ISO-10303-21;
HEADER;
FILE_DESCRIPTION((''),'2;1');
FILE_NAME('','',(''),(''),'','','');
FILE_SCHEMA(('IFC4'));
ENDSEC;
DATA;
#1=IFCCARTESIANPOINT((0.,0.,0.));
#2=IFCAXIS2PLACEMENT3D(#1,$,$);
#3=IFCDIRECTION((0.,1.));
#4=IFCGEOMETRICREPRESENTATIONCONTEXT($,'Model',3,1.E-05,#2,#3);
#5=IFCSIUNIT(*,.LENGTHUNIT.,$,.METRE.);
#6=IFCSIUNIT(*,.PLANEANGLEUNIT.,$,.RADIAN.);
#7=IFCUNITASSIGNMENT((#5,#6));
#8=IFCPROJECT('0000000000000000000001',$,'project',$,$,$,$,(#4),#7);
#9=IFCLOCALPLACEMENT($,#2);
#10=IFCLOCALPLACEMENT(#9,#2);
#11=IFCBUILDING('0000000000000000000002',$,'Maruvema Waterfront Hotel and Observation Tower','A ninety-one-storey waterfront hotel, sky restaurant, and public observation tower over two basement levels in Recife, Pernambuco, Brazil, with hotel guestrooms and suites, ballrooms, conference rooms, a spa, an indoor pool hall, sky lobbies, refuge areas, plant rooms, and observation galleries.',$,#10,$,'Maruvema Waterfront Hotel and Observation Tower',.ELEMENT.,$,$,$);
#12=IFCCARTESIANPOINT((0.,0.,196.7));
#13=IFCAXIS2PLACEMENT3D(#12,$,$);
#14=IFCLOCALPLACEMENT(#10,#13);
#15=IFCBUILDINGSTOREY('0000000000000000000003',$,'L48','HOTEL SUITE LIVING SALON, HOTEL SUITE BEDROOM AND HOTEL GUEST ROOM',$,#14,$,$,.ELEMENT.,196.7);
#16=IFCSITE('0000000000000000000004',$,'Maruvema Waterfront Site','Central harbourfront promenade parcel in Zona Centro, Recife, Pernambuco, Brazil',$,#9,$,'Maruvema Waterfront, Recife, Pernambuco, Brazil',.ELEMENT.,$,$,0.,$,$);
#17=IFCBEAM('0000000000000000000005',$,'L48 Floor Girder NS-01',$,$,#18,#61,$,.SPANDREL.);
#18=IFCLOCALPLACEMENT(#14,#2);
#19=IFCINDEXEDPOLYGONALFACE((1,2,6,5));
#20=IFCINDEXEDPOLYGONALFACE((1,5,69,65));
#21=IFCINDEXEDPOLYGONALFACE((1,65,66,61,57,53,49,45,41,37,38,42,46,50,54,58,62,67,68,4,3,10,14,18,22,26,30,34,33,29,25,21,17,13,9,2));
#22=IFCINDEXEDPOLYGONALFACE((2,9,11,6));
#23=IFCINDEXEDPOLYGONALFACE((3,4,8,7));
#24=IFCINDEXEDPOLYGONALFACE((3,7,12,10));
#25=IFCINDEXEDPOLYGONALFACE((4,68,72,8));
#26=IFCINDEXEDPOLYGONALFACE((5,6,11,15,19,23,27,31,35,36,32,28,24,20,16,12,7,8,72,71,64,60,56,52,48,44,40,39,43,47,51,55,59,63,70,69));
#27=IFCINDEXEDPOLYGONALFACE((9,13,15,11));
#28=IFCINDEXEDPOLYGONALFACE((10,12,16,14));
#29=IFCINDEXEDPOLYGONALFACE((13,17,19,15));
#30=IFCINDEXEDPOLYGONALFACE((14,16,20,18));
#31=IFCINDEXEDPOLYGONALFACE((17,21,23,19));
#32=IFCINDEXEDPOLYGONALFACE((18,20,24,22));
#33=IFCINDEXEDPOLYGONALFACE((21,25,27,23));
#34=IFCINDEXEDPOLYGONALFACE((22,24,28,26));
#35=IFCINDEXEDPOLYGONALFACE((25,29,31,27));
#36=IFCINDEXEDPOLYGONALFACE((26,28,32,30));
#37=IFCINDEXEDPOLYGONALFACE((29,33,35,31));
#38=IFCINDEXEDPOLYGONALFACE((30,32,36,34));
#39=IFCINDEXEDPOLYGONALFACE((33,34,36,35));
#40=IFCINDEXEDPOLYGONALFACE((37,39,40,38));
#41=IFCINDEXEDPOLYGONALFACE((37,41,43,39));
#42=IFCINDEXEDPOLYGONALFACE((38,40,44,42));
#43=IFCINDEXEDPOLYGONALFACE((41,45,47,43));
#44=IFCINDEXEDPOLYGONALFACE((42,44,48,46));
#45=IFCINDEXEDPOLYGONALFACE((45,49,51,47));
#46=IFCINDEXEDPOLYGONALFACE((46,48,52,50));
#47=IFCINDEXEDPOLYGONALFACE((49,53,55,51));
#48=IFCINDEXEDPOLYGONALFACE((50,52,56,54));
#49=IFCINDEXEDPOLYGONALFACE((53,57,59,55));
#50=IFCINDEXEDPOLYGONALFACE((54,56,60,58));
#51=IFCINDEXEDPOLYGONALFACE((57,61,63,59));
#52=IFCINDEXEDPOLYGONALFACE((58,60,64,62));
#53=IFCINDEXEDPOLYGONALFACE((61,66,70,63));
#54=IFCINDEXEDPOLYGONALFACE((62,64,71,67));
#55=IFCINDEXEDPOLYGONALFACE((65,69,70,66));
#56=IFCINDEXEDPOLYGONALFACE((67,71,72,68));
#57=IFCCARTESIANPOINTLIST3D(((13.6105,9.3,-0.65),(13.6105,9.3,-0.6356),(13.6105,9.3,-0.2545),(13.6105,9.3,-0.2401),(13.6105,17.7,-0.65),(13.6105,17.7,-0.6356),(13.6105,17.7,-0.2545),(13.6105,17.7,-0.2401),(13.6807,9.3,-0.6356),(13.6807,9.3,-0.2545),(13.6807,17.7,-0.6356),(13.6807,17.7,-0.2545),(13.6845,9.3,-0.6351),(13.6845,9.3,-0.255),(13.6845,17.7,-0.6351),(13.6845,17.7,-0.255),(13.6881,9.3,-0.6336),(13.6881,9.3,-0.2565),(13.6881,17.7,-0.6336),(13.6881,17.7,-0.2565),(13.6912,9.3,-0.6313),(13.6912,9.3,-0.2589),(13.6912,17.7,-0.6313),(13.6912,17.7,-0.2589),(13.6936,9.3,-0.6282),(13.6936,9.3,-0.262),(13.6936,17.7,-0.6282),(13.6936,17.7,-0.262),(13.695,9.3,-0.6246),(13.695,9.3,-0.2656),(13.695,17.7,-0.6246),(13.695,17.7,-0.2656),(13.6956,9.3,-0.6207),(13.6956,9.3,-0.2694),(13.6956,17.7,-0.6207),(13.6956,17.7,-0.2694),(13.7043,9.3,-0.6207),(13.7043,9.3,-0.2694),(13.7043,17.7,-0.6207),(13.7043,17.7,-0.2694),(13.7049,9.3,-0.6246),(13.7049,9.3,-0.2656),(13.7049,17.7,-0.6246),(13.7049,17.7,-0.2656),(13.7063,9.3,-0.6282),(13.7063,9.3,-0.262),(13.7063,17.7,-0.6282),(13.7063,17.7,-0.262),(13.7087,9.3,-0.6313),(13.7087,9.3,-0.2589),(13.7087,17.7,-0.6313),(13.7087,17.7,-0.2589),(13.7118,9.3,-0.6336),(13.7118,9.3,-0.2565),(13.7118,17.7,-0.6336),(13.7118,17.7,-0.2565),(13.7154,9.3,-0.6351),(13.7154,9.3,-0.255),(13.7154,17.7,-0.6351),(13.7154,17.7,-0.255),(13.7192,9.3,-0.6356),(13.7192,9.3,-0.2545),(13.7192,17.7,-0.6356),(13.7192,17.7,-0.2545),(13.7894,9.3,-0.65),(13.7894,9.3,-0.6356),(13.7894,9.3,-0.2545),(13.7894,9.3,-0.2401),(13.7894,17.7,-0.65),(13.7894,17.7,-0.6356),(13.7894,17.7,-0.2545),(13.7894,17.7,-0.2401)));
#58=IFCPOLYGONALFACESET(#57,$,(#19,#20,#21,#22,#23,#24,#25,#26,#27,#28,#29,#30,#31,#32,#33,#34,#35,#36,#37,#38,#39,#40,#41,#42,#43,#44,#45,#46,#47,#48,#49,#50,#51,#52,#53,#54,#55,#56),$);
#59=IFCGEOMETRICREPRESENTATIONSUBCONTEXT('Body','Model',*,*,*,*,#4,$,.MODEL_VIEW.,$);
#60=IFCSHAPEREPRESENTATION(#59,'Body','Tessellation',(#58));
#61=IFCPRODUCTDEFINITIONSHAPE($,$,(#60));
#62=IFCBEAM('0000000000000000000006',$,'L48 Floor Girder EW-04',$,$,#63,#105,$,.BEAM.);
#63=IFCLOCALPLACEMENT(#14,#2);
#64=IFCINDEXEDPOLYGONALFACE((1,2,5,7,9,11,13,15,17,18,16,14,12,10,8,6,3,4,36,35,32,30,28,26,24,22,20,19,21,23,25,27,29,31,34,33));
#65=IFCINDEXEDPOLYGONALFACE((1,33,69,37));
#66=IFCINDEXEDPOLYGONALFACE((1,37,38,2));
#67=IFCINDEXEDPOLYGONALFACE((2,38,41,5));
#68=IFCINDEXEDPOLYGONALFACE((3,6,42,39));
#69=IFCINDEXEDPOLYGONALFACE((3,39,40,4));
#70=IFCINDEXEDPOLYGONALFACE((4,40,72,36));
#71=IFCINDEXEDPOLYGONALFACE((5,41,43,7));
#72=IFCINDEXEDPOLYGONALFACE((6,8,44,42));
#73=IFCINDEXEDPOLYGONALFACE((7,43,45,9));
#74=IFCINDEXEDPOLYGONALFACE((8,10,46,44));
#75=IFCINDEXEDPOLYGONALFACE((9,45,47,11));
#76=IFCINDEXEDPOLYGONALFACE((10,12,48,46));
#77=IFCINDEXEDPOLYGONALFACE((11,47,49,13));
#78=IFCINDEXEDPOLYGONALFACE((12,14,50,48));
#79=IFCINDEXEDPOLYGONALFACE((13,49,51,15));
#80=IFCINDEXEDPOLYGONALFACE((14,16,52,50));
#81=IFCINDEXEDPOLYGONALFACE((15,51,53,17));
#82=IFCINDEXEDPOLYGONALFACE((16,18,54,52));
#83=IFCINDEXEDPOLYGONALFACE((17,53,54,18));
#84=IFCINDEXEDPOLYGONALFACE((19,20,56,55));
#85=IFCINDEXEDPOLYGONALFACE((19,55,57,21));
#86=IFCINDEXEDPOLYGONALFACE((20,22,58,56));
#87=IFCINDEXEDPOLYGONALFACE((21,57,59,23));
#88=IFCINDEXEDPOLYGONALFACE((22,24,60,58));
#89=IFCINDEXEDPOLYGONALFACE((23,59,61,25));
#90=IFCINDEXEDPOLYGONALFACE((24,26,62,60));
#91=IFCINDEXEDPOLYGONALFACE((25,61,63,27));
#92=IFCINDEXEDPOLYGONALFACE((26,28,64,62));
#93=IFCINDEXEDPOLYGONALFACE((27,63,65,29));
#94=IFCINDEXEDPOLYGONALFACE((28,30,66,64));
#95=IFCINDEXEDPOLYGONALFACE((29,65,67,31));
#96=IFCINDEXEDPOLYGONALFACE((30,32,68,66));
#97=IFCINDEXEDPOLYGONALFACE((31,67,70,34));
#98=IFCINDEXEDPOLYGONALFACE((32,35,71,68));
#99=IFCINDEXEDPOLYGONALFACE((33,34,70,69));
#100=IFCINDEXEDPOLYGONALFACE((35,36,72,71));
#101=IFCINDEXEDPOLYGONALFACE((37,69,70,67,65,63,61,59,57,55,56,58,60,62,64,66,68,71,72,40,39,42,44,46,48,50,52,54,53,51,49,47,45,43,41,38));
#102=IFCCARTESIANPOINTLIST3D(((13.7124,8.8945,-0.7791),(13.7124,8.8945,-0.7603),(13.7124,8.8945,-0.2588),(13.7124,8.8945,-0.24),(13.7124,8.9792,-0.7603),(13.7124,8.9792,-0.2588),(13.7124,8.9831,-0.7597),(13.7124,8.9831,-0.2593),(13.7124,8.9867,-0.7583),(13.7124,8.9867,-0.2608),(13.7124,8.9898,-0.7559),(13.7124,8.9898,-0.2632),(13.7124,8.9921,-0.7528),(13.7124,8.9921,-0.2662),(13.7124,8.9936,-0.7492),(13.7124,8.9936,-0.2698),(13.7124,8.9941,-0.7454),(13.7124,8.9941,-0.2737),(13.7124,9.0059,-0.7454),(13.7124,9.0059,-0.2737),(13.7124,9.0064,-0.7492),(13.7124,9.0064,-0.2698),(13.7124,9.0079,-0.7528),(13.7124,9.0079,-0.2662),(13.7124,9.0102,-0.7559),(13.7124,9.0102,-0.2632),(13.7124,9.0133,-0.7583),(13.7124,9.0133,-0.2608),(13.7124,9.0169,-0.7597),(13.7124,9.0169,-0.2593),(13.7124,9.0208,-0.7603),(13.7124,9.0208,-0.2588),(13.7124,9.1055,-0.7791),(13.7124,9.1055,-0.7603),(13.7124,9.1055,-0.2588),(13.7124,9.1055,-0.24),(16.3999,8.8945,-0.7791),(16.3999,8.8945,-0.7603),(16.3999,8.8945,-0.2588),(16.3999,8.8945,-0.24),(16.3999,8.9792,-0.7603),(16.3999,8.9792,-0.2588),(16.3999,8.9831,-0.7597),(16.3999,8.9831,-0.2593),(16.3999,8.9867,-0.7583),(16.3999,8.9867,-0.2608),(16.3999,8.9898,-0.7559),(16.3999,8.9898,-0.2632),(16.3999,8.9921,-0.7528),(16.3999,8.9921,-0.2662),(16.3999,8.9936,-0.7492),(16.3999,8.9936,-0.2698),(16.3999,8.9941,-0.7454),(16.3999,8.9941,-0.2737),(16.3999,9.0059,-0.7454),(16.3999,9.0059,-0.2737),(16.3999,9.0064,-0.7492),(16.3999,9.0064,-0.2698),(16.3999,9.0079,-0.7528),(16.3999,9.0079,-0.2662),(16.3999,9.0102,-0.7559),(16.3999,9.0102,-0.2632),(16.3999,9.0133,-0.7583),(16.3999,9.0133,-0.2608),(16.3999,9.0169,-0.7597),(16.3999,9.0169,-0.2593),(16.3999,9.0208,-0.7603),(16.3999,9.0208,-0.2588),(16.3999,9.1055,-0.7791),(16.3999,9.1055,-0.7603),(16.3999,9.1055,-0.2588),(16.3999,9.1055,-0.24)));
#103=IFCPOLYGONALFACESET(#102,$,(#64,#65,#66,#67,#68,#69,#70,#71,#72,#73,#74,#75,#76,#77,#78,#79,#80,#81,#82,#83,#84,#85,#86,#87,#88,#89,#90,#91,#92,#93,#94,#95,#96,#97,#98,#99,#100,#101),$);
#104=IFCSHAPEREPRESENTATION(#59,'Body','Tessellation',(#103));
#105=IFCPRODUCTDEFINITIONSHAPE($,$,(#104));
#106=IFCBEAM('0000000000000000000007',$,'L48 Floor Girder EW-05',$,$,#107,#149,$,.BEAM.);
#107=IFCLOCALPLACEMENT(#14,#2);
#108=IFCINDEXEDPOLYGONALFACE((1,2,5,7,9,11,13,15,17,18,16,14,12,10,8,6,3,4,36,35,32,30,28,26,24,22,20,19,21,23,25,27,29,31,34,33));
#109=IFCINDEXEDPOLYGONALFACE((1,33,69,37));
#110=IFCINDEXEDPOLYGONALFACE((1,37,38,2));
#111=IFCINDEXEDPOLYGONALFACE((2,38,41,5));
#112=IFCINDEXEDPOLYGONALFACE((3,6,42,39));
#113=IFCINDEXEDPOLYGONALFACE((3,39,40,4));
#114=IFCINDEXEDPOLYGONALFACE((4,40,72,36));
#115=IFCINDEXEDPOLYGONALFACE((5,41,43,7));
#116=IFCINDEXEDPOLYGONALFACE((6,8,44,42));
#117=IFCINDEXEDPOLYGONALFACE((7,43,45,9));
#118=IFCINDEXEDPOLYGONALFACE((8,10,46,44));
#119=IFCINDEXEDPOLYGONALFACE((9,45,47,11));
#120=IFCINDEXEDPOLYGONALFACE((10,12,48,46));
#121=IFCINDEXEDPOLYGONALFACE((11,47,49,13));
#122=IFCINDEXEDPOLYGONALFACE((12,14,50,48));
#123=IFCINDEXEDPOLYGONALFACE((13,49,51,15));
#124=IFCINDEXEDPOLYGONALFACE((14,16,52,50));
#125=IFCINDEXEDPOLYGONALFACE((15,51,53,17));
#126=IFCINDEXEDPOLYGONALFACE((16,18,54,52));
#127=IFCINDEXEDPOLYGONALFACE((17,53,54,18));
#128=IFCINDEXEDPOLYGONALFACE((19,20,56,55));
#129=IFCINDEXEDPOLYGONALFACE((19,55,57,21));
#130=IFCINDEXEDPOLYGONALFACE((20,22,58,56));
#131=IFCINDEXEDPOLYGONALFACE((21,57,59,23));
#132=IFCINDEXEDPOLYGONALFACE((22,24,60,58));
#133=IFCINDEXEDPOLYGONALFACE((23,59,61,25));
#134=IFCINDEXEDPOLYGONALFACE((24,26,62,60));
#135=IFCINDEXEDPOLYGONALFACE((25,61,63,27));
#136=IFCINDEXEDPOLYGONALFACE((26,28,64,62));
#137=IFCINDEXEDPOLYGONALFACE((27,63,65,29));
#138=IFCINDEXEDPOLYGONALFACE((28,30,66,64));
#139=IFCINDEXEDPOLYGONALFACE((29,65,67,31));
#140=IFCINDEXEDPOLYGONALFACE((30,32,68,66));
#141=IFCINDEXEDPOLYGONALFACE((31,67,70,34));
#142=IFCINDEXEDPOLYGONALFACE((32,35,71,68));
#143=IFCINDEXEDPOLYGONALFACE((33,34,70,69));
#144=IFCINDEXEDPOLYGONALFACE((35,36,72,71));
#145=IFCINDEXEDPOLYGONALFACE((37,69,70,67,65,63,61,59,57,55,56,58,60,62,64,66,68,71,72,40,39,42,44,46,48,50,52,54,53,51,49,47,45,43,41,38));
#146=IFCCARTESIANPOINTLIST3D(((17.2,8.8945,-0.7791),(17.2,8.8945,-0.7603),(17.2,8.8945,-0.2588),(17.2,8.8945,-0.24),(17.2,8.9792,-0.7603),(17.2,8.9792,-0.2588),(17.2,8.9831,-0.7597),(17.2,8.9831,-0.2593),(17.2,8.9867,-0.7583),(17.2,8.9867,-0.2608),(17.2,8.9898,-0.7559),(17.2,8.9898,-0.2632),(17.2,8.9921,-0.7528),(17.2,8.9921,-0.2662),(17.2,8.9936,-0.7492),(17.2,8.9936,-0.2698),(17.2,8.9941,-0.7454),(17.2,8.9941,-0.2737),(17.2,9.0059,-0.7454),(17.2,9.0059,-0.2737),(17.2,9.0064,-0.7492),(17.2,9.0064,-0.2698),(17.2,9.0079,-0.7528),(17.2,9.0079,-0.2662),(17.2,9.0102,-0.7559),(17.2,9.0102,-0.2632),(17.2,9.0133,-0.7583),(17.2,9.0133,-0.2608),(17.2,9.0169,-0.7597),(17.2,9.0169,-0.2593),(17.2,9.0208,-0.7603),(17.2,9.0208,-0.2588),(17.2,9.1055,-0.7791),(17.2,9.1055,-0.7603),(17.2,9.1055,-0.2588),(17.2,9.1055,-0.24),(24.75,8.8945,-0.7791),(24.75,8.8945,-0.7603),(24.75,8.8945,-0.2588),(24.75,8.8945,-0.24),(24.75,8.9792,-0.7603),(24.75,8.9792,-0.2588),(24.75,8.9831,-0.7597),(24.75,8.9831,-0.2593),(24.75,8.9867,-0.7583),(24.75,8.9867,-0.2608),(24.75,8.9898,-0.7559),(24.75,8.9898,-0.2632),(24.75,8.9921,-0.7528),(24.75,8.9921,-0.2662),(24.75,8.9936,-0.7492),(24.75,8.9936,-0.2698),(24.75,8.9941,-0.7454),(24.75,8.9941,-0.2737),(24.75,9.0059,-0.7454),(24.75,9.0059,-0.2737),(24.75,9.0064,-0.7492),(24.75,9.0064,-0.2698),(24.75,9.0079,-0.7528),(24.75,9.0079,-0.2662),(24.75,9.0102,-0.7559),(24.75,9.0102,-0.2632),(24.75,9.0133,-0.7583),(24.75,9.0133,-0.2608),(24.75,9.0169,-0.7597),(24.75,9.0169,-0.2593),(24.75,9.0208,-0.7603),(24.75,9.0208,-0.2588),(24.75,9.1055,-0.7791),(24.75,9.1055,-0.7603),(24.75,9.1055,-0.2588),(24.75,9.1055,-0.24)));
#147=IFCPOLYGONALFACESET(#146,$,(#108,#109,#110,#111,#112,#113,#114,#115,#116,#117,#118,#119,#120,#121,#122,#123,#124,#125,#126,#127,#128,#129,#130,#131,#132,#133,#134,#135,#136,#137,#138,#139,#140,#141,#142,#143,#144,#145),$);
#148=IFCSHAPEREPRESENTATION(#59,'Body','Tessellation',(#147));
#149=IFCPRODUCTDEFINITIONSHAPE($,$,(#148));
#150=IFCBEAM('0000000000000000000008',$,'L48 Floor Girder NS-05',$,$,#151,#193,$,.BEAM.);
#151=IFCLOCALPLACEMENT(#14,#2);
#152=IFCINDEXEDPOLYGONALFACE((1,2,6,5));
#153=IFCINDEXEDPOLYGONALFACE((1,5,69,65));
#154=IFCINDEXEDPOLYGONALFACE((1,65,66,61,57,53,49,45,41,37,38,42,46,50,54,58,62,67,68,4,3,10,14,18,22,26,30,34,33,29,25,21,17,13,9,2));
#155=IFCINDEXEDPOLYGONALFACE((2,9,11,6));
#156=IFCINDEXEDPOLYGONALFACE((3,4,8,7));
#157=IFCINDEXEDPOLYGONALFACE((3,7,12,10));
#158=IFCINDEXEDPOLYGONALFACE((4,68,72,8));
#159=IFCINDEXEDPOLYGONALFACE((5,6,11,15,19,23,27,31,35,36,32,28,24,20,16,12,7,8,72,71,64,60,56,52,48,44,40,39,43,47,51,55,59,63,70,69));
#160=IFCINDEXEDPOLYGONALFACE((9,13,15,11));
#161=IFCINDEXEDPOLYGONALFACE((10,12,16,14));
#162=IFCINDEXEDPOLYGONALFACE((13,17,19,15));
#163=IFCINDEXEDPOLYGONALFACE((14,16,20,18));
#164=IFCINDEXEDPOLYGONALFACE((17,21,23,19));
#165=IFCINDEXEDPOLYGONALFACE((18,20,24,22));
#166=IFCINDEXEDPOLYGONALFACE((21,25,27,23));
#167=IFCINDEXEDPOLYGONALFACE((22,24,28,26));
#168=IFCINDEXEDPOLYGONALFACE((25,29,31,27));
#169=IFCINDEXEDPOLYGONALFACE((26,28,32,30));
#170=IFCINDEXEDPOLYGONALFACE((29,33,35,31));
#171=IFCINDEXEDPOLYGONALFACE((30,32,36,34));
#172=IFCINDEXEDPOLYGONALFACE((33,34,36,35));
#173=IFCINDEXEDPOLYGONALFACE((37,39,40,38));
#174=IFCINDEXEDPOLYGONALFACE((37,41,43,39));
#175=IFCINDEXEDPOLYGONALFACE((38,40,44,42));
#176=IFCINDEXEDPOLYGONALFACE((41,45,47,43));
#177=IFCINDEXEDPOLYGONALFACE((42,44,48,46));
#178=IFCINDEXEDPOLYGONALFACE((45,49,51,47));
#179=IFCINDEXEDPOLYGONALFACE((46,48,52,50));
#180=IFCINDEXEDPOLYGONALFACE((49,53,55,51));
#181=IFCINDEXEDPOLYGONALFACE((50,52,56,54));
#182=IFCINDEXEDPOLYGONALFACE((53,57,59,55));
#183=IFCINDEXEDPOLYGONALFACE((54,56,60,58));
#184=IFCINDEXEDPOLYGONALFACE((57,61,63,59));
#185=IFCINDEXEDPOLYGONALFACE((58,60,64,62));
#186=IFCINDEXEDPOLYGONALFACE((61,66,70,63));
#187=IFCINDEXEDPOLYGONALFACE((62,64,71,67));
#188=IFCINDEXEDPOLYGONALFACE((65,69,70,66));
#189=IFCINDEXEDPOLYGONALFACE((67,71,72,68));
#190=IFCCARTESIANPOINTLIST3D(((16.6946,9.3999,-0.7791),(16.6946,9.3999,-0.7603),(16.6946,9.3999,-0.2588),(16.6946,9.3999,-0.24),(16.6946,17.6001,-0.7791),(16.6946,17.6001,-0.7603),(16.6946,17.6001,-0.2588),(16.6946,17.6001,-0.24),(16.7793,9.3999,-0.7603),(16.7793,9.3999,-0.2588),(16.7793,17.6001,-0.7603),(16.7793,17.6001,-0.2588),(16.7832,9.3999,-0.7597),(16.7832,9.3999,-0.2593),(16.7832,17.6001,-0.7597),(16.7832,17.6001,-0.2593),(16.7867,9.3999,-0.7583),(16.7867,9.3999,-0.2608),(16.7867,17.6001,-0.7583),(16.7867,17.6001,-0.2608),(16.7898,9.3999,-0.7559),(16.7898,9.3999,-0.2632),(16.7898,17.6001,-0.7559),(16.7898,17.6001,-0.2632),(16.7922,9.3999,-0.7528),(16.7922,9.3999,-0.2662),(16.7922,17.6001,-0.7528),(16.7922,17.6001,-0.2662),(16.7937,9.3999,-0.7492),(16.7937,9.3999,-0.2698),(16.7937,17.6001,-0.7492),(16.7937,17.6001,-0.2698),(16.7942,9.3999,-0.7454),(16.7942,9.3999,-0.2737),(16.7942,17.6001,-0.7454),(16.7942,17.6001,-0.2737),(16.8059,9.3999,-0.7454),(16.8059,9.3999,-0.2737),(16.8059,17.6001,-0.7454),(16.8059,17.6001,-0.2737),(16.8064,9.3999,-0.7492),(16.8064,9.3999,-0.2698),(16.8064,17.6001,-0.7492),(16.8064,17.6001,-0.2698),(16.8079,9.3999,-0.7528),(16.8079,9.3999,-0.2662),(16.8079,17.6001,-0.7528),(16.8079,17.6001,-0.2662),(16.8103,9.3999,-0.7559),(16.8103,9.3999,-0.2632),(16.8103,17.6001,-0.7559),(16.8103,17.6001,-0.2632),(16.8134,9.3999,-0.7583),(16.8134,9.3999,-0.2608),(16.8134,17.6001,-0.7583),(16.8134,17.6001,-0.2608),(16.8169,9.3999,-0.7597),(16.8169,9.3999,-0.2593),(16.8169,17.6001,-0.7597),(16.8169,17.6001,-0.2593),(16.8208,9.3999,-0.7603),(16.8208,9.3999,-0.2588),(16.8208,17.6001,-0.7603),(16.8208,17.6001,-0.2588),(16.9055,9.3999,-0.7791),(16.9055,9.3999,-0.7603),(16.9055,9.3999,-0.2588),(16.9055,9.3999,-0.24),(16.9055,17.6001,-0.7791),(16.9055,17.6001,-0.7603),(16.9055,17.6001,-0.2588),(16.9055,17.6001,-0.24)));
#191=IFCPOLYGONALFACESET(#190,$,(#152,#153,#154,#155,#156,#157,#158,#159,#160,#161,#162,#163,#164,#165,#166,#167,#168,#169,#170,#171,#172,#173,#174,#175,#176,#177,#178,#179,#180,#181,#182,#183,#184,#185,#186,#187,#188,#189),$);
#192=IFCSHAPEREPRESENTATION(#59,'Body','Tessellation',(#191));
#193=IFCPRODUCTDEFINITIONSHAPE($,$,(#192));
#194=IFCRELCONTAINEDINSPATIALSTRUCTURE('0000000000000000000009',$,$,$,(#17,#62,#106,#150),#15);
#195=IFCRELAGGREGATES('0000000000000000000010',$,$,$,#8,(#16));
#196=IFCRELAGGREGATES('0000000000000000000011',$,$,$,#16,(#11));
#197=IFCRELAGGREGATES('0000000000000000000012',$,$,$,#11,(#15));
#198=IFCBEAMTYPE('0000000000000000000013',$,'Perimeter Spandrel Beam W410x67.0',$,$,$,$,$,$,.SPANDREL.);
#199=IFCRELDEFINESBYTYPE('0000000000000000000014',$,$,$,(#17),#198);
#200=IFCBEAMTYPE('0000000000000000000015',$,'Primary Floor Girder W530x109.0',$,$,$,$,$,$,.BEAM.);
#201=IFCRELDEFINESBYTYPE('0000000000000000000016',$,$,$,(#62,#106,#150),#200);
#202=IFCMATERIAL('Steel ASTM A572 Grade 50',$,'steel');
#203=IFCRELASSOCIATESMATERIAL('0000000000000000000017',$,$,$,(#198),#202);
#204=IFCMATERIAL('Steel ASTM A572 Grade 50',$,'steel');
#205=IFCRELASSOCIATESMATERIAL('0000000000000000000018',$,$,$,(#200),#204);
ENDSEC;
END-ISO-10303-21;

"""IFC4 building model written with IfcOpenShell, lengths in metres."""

from ifc_helpers import new_model, si_unit, direction, frame, origin, origin_2d, place, context, subcontext, project, spatial, i_section, extrude, material, material_profile, profile_set, type_object, element, save


model = new_model("IFC4")

# Units and contexts
model_context = context("Model", 3, precision=1e-05, world=origin(), true_north=direction((0.0, 1.0)))
body_context = subcontext(model_context, "Body", "Model", "MODEL_VIEW")
ifc_project = project(units=[si_unit("LENGTHUNIT", "METRE"), si_unit("PLANEANGLEUNIT", "RADIAN")], contexts=[model_context])

# Site, building, storey
site_placement = place(None, origin())
site = spatial("IfcSite", under=ifc_project, at=site_placement, Name="Maruvema Waterfront Site", Description="Central harbourfront promenade parcel in Zona Centro, Recife, Pernambuco, Brazil", LongName="Maruvema Waterfront, Recife, Pernambuco, Brazil", CompositionType="ELEMENT", RefElevation=0.0)
building_placement = place(site_placement, origin())
building = spatial("IfcBuilding", under=site, at=building_placement, Name="Maruvema Waterfront Hotel and Observation Tower", Description="A ninety-one-storey waterfront hotel, sky restaurant, and public observation tower over two basement levels in Recife, Pernambuco, Brazil, with hotel guestrooms and suites, ballrooms, conference rooms, a spa, an indoor pool hall, sky lobbies, refuge areas, plant rooms, and observation galleries.", LongName="Maruvema Waterfront Hotel and Observation Tower", CompositionType="ELEMENT")
storey_placement = place(building_placement, frame((0.0, 0.0, 196.7)))
storey = spatial("IfcBuildingStorey", under=building, at=storey_placement, Name="L48", Description="HOTEL SUITE LIVING SALON, HOTEL SUITE BEDROOM AND HOTEL GUEST ROOM", CompositionType="ELEMENT", Elevation=196.7)

# Beams
ifc_material_1 = material(Name="Steel ASTM A572 Grade 50", Category="steel")
ifc_material_profile_1 = material_profile(ifc_material_1, i_section(OverallWidth=0.179, OverallDepth=0.4099, WebThickness=0.0088, FlangeThickness=0.0144, FilletRadius=0.0149, at=origin_2d()), Name="W410x67.0")
ifc_profile_set_1 = profile_set([ifc_material_profile_1], Name="Steel ASTM A572 Grade 50")
beam_type_1 = type_object("IfcBeamType", Name="Perimeter Spandrel Beam W410x67.0", PredefinedType="SPANDREL", material=ifc_profile_set_1)
beam_1_placement = place(storey_placement, frame((13.7, 9.3, -0.4451), z_axis=(0.0, 1.0, 0.0), x_axis=(-1.0, 0.0, 0.0)))
element("IfcBeam", 1, at=beam_1_placement, inside=storey, type_object=beam_type_1, Name="L48 Floor Girder NS-01", PredefinedType="SPANDREL", context=body_context, shape_type="SweptSolid", body=[
    extrude(i_section(OverallWidth=0.179, OverallDepth=0.4099, WebThickness=0.0088, FlangeThickness=0.0144, FilletRadius=0.0149, at=origin_2d()), origin(), (0.0, 0.0, 1.0), 8.3999),
])
ifc_material_2 = material(Name="Steel ASTM A572 Grade 50", Category="steel")
ifc_material_profile_2 = material_profile(ifc_material_2, i_section(OverallWidth=0.2109, OverallDepth=0.5391, WebThickness=0.0117, FlangeThickness=0.0188, FilletRadius=0.0149, at=origin_2d()), Name="W530x109.0")
ifc_profile_set_2 = profile_set([ifc_material_profile_2], Name="Steel ASTM A572 Grade 50")
beam_type_2 = type_object("IfcBeamType", Name="Primary Floor Girder W530x109.0", PredefinedType="BEAM", material=ifc_profile_set_2)
beam_2_placement = place(storey_placement, frame((13.7124, 9.0, -0.5095), z_axis=(1.0, 0.0, 0.0), x_axis=(0.0, 1.0, 0.0)))
element("IfcBeam", 2, at=beam_2_placement, inside=storey, type_object=beam_type_2, Name="L48 Floor Girder EW-04", PredefinedType="BEAM", context=body_context, shape_type="SweptSolid", body=[
    extrude(i_section(OverallWidth=0.2109, OverallDepth=0.5391, WebThickness=0.0117, FlangeThickness=0.0188, FilletRadius=0.0149, at=origin_2d()), origin(), (0.0, 0.0, 1.0), 2.6875),
])
beam_3_placement = place(storey_placement, frame((17.2, 9.0, -0.5095), z_axis=(1.0, 0.0, 0.0), x_axis=(0.0, 1.0, 0.0)))
element("IfcBeam", 3, at=beam_3_placement, inside=storey, type_object=beam_type_2, Name="L48 Floor Girder EW-05", PredefinedType="BEAM", context=body_context, shape_type="SweptSolid", body=[
    extrude(i_section(OverallWidth=0.2109, OverallDepth=0.5391, WebThickness=0.0117, FlangeThickness=0.0188, FilletRadius=0.0149, at=origin_2d()), origin(), (0.0, 0.0, 1.0), 7.55),
])
beam_4_placement = place(storey_placement, frame((16.8, 9.3999, -0.5095), z_axis=(0.0, 1.0, 0.0), x_axis=(-1.0, 0.0, 0.0)))
element("IfcBeam", 4, at=beam_4_placement, inside=storey, type_object=beam_type_2, Name="L48 Floor Girder NS-05", PredefinedType="BEAM", context=body_context, shape_type="SweptSolid", body=[
    extrude(i_section(OverallWidth=0.2109, OverallDepth=0.5391, WebThickness=0.0117, FlangeThickness=0.0188, FilletRadius=0.0149, at=origin_2d()), origin(), (0.0, 0.0, 1.0), 8.2002),
])

save(model, "model.ifc")
